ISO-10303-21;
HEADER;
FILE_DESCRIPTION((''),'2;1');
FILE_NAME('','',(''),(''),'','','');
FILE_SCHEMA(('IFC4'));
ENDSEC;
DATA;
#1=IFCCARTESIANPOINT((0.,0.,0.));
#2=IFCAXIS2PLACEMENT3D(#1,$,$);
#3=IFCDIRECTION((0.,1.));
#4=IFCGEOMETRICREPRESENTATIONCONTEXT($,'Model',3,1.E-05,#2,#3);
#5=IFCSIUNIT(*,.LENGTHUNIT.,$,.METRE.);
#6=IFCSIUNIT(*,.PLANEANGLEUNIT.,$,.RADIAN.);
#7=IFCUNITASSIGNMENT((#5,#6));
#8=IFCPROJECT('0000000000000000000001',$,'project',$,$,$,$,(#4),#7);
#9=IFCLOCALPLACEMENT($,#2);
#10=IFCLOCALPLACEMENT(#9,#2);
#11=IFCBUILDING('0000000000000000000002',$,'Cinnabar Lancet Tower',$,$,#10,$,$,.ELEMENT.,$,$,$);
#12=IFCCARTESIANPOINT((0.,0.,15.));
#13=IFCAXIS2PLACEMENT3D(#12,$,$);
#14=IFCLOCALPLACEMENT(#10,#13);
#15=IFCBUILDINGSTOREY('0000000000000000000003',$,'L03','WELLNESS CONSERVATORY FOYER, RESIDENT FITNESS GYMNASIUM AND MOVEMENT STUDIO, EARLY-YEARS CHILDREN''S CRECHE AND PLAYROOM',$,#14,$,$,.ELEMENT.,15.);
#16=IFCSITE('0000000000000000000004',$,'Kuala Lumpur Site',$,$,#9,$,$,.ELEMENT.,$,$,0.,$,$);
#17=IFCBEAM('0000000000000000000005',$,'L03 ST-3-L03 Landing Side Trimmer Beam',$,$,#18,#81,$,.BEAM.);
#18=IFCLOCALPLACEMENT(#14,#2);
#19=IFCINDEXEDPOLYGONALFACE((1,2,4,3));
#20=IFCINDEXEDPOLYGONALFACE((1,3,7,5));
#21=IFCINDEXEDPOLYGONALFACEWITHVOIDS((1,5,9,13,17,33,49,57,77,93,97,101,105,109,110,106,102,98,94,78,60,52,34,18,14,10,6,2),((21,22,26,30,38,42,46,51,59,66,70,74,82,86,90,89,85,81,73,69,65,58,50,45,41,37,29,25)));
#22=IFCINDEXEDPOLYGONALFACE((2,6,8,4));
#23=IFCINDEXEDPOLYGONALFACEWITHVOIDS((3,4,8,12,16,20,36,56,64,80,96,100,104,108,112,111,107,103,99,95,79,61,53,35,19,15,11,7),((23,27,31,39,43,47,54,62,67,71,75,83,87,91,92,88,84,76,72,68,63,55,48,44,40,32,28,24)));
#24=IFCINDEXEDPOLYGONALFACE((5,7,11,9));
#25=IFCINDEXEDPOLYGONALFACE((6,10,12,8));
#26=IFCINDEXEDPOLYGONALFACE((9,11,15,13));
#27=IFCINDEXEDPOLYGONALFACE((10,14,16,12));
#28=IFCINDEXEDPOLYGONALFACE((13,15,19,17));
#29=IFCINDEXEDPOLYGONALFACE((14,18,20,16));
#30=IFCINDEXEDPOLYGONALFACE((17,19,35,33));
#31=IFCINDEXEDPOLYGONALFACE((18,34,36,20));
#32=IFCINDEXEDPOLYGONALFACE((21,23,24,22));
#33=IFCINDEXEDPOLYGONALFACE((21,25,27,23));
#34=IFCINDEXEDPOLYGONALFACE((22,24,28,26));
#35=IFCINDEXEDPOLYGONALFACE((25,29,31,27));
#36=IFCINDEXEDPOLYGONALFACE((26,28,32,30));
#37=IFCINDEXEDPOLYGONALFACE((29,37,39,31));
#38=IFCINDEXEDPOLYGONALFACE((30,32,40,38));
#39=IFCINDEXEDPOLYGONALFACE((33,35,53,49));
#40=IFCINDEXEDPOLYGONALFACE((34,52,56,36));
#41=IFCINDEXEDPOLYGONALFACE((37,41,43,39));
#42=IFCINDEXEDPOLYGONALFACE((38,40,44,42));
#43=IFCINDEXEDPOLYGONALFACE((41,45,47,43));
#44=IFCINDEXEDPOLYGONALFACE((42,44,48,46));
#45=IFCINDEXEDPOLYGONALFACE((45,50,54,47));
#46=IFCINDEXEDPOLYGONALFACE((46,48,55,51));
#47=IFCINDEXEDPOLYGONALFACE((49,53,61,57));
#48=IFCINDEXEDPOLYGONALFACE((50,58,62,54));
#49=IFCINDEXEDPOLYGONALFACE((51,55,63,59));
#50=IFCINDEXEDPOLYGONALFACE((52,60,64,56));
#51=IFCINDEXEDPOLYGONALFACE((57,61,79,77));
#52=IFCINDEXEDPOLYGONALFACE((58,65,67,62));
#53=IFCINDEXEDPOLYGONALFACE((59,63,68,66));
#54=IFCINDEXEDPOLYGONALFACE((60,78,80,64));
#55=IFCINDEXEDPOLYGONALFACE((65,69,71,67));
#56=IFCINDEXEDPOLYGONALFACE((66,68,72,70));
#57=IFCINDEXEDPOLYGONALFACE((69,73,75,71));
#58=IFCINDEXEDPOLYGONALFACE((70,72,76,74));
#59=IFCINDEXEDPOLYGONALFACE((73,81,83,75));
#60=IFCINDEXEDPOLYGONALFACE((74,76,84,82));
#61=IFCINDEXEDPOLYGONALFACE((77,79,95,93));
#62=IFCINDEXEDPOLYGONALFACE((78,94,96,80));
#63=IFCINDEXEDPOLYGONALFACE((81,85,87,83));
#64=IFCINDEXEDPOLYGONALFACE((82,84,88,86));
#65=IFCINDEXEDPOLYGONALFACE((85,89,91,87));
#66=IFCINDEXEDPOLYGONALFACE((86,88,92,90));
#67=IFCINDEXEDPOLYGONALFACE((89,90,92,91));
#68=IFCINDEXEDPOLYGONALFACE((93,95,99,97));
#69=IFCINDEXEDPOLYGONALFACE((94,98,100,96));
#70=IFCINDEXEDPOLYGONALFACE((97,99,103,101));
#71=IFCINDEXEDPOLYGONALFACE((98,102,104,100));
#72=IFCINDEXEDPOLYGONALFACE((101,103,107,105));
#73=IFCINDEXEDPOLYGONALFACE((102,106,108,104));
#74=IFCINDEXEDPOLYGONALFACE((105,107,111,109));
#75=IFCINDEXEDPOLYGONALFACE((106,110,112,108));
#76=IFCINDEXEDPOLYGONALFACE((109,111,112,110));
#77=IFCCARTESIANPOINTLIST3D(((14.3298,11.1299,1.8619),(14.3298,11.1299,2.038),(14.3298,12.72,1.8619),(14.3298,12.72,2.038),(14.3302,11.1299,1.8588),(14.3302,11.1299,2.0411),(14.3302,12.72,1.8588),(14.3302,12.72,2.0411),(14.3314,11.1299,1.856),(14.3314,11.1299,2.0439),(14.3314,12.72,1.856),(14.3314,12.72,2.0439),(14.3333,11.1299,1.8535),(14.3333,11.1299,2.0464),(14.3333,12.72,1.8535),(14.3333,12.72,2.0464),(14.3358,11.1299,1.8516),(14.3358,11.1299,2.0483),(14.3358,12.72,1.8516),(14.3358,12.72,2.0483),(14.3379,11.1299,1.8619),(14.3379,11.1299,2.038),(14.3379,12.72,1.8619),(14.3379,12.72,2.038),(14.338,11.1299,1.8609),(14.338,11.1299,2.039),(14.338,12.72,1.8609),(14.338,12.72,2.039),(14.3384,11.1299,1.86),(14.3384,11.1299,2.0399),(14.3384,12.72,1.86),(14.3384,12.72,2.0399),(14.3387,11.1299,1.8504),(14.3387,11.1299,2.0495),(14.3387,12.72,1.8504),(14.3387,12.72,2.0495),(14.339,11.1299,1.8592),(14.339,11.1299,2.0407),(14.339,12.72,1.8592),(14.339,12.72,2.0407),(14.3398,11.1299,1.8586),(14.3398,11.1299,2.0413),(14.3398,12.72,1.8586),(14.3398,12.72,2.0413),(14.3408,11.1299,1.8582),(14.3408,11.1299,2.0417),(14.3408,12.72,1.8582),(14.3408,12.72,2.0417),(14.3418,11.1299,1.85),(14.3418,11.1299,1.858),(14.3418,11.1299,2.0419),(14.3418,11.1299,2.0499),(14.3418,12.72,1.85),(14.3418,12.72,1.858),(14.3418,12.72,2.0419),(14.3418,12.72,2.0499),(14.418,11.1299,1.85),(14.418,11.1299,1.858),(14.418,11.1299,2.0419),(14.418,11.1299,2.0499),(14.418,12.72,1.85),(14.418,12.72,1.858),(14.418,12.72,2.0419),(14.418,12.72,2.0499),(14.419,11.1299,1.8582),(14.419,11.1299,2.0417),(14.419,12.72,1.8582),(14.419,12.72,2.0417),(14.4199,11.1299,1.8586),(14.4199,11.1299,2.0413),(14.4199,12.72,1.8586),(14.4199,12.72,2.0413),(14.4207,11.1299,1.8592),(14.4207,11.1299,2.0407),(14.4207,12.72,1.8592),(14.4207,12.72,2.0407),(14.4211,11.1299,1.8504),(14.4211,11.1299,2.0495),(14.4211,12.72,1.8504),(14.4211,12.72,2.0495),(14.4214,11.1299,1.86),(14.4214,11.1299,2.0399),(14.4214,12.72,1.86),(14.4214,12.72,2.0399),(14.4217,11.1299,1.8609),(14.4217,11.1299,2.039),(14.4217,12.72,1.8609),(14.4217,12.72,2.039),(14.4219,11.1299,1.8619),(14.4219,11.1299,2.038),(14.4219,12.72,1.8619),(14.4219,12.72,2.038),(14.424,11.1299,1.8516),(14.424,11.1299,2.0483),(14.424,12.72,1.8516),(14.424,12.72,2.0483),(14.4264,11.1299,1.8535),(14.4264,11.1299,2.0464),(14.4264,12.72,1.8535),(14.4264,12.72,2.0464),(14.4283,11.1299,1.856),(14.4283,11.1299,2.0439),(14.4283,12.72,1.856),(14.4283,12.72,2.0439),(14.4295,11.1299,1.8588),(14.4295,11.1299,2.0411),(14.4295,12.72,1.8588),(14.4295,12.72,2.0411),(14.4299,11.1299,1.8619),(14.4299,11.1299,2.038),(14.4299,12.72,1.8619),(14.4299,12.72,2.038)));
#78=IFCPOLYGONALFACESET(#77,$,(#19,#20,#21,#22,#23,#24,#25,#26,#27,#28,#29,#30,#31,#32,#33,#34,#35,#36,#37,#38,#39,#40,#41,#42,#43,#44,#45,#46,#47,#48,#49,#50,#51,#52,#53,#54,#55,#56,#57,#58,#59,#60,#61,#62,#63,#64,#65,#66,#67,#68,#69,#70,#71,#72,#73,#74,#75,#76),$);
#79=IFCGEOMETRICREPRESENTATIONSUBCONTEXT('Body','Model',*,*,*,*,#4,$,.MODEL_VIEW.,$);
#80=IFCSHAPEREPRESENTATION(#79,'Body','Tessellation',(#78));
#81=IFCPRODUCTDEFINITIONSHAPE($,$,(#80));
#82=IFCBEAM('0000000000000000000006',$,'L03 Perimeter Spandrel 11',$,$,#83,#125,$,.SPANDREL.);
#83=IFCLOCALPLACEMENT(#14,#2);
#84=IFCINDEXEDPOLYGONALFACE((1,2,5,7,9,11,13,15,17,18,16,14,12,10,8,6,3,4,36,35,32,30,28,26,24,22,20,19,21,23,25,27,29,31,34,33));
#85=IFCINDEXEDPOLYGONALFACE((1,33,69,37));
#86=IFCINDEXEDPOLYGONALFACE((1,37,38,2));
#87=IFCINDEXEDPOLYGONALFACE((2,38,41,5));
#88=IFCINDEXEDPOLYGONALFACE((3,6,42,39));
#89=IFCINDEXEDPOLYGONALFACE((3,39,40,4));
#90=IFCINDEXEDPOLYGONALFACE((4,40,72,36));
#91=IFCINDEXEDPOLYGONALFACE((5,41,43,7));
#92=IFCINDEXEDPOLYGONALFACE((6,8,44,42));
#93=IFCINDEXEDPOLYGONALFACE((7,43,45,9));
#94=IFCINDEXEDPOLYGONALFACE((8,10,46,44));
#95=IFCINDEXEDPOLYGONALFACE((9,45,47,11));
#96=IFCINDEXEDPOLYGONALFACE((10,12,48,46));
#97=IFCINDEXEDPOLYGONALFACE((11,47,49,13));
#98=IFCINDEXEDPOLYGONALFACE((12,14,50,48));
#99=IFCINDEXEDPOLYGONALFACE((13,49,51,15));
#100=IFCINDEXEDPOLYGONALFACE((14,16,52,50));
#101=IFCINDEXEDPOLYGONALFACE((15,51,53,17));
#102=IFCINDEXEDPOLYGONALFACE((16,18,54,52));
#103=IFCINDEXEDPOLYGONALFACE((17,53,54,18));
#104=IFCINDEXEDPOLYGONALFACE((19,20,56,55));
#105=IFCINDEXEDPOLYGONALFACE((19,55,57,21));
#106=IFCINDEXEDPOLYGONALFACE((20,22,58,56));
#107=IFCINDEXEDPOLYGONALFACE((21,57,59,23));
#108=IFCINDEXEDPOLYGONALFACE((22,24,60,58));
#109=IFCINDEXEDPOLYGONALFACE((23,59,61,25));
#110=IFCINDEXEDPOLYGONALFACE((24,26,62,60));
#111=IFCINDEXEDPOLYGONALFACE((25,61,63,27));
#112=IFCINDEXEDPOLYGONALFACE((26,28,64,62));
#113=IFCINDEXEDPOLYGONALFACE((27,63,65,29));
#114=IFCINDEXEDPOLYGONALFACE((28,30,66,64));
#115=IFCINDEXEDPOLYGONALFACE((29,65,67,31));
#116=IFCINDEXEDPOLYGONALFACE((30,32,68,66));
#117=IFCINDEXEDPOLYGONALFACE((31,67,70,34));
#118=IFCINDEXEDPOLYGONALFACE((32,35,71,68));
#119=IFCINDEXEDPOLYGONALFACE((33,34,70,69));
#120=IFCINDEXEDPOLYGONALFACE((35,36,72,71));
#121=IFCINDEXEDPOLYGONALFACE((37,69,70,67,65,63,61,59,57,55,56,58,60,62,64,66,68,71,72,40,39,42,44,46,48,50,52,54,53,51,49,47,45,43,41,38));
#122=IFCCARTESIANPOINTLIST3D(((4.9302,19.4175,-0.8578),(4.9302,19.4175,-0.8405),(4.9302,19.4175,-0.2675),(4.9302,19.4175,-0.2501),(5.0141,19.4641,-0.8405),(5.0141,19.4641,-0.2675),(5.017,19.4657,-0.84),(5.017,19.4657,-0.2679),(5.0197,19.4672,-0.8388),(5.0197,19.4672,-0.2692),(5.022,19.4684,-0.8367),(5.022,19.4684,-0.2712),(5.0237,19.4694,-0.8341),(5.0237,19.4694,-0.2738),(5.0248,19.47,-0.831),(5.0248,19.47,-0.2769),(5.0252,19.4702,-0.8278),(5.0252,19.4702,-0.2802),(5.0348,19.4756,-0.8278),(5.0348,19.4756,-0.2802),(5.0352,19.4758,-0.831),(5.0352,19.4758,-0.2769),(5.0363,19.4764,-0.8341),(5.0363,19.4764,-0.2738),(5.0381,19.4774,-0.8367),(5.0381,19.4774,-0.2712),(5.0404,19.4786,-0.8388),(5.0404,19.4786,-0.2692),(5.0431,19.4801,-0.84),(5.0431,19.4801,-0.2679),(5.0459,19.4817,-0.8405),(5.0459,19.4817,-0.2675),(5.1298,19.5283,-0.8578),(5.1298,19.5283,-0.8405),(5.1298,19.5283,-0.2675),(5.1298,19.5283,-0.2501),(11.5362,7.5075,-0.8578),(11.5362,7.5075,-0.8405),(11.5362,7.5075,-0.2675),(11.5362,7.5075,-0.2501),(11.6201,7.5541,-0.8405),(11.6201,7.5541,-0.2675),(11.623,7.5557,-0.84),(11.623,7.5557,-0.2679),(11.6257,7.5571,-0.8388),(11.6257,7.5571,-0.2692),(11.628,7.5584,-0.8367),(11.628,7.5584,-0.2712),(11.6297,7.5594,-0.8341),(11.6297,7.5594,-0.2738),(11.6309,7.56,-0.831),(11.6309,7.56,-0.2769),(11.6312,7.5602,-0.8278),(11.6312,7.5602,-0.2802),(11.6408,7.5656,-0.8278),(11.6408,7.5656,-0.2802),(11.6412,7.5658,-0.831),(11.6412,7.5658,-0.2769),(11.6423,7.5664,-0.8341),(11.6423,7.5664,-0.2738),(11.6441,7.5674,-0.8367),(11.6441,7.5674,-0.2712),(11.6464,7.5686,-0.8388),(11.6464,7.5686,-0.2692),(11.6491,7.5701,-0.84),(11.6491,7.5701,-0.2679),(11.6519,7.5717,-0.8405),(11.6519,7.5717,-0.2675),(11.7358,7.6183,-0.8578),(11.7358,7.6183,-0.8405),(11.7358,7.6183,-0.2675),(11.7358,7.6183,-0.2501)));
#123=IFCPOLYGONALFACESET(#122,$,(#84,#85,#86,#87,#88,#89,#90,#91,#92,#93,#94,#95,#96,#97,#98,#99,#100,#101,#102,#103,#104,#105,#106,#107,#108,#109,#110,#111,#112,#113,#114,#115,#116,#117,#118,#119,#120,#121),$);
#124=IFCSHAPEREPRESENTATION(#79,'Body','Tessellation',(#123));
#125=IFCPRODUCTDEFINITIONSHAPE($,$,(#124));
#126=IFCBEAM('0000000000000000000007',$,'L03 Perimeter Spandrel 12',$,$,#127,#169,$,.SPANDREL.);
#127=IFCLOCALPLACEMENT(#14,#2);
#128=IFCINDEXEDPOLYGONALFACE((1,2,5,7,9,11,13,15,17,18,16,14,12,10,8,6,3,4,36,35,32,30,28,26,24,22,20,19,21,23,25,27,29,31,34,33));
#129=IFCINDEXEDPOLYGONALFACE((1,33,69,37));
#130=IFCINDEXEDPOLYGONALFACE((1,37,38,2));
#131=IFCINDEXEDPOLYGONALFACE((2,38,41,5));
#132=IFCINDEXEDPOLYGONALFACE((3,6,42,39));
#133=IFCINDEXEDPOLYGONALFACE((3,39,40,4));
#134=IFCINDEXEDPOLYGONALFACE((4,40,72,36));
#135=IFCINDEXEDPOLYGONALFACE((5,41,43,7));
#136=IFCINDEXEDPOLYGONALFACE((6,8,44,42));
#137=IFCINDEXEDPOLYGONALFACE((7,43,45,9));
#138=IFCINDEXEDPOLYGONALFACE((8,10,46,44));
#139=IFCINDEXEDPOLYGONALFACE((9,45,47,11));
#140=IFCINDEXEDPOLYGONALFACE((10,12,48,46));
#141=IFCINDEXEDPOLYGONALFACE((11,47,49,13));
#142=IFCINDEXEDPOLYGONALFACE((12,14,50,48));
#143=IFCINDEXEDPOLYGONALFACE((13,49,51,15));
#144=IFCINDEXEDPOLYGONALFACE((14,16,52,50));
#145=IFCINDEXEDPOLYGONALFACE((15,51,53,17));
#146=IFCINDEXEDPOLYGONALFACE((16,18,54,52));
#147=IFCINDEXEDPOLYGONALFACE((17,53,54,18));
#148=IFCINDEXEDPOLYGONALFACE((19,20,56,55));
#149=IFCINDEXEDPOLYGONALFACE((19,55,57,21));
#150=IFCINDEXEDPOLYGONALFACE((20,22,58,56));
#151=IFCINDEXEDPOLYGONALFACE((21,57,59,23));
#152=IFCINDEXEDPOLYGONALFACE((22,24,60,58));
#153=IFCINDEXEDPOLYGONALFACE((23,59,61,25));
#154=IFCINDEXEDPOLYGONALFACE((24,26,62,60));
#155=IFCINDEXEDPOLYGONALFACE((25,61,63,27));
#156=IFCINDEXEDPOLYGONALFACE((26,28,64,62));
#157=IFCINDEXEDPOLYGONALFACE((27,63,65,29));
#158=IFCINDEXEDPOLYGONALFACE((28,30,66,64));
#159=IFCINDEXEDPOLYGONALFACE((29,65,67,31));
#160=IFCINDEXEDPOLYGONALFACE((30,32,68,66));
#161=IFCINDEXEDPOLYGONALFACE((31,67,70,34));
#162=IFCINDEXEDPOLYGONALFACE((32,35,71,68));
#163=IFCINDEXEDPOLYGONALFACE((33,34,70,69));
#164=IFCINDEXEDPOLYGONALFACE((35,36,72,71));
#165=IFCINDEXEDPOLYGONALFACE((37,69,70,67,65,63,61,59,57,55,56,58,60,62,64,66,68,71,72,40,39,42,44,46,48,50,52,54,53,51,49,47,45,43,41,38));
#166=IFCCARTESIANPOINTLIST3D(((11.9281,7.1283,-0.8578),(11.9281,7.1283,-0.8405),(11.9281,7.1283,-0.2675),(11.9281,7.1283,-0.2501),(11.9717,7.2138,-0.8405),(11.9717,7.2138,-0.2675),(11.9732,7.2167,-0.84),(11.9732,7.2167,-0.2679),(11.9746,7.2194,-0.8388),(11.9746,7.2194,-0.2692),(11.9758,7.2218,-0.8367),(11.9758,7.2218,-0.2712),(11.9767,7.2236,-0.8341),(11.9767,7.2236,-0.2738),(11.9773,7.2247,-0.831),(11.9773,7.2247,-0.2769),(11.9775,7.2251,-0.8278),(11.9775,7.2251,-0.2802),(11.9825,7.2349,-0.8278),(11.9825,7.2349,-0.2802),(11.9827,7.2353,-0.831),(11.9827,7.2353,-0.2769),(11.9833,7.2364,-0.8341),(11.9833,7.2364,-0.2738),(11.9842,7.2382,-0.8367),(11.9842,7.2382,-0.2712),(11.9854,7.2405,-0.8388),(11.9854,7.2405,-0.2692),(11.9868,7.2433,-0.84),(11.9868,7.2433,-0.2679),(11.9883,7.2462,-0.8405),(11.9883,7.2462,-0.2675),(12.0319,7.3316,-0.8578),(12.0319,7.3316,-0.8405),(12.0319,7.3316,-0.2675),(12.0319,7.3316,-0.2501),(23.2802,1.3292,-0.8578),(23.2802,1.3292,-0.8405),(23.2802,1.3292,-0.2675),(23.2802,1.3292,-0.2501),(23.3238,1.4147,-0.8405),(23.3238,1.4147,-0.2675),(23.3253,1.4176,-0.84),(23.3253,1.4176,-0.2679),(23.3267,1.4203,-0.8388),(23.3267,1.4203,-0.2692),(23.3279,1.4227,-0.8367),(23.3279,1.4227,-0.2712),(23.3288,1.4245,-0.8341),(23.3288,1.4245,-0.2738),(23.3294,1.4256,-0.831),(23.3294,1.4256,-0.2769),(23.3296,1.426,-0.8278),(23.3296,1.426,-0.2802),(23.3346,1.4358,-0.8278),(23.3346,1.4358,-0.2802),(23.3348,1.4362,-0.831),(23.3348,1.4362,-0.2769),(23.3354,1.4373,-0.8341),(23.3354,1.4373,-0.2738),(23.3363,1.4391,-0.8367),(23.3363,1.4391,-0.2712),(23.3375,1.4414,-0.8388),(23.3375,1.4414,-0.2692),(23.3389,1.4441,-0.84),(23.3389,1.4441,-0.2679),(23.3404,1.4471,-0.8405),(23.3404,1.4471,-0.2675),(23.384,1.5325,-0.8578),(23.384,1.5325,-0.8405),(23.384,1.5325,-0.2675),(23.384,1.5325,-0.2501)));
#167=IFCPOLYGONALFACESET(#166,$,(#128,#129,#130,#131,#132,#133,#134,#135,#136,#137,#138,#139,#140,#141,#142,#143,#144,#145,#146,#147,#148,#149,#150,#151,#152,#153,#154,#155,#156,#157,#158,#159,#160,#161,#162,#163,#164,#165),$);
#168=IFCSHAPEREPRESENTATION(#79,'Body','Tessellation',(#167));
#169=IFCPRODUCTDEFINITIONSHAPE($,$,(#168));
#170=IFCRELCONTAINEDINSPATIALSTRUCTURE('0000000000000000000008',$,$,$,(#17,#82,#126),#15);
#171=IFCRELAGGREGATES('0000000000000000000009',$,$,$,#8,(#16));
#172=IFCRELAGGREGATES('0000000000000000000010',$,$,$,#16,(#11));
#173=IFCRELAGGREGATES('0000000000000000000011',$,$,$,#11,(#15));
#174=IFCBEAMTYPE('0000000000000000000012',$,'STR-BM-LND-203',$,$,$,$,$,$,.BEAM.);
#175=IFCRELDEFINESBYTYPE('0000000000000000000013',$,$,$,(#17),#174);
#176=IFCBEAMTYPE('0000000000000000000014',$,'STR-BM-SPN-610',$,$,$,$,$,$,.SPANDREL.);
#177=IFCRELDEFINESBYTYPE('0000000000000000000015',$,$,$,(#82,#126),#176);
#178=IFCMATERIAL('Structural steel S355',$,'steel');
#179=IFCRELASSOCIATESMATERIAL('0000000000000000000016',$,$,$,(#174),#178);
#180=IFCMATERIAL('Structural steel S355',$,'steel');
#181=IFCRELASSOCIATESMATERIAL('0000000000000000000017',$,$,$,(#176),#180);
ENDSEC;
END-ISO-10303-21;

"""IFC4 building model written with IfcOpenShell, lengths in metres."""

from ifc_helpers import new_model, si_unit, direction, frame, origin, origin_2d, place, context, subcontext, project, spatial, hollow_rectangle, i_section, extrude, material, material_profile, profile_set, type_object, element, save


model = new_model("IFC4")

# Units and contexts
model_context = context("Model", 3, precision=1e-05, world=origin(), true_north=direction((0.0, 1.0)))
body_context = subcontext(model_context, "Body", "Model", "MODEL_VIEW")
ifc_project = project(units=[si_unit("LENGTHUNIT", "METRE"), si_unit("PLANEANGLEUNIT", "RADIAN")], contexts=[model_context])

# Site, building, storey
site_placement = place(None, origin())
site = spatial("IfcSite", under=ifc_project, at=site_placement, Name="Kuala Lumpur Site", CompositionType="ELEMENT", RefElevation=0.0)
building_placement = place(site_placement, origin())
building = spatial("IfcBuilding", under=site, at=building_placement, Name="Cinnabar Lancet Tower", CompositionType="ELEMENT")
storey_placement = place(building_placement, frame((0.0, 0.0, 15.0)))
storey = spatial("IfcBuildingStorey", under=building, at=storey_placement, Name="L03", Description="WELLNESS CONSERVATORY FOYER, RESIDENT FITNESS GYMNASIUM AND MOVEMENT STUDIO, EARLY-YEARS CHILDREN'S CRECHE AND PLAYROOM", CompositionType="ELEMENT", Elevation=15.0)

# Beams
ifc_material_1 = material(Name="Structural steel S355", Category="steel")
ifc_material_profile_1 = material_profile(ifc_material_1, hollow_rectangle(XDim=0.1001, YDim=0.2, WallThickness=0.0081, InnerFilletRadius=0.0039, OuterFilletRadius=0.012, at=origin_2d()), Name="RHS 200x100x8")
ifc_profile_set_1 = profile_set([ifc_material_profile_1], Name="Structural steel S355")
beam_type_1 = type_object("IfcBeamType", Name="STR-BM-LND-203", PredefinedType="BEAM", material=ifc_profile_set_1)
beam_1_placement = place(storey_placement, frame((14.3799, 11.1299, 1.95), z_axis=(0.0, 1.0, 0.0), x_axis=(-1.0, 0.0, 0.0)))
element("IfcBeam", 1, at=beam_1_placement, inside=storey, type_object=beam_type_1, Name="L03 ST-3-L03 Landing Side Trimmer Beam", PredefinedType="BEAM", context=body_context, shape_type="SweptSolid", body=[
    extrude(hollow_rectangle(XDim=0.1001, YDim=0.2, WallThickness=0.0081, InnerFilletRadius=0.0039, OuterFilletRadius=0.012, at=origin_2d()), origin(), (0.0, 0.0, 1.0), 1.5901),
])
ifc_material_2 = material(Name="Structural steel S355", Category="steel")
ifc_material_profile_2 = material_profile(ifc_material_2, i_section(OverallWidth=0.2283, OverallDepth=0.6077, WebThickness=0.011, FlangeThickness=0.0173, FilletRadius=0.0127, at=origin_2d()), Name="UKB 610x229x113")
ifc_profile_set_2 = profile_set([ifc_material_profile_2], Name="Structural steel S355")
beam_type_2 = type_object("IfcBeamType", Name="STR-BM-SPN-610", PredefinedType="SPANDREL", material=ifc_profile_set_2)
beam_2_placement = place(storey_placement, frame((5.03, 19.4729, -0.554), z_axis=(0.485045, -0.874489, 0.0), x_axis=(0.874489, 0.485045, 0.0)))
element("IfcBeam", 2, at=beam_2_placement, inside=storey, type_object=beam_type_2, Name="L03 Perimeter Spandrel 11", PredefinedType="SPANDREL", context=body_context, shape_type="SweptSolid", body=[
    extrude(i_section(OverallWidth=0.2283, OverallDepth=0.6077, WebThickness=0.011, FlangeThickness=0.0173, FilletRadius=0.0127, at=origin_2d()), origin(), (0.0, 0.0, 1.0), 13.6194),
])
beam_3_placement = place(storey_placement, frame((11.98, 7.23, -0.554), z_axis=(0.890533, -0.454919, 0.0), x_axis=(0.454919, 0.890533, 0.0)))
element("IfcBeam", 3, at=beam_3_placement, inside=storey, type_object=beam_type_2, Name="L03 Perimeter Spandrel 12", PredefinedType="SPANDREL", context=body_context, shape_type="SweptSolid", body=[
    extrude(i_section(OverallWidth=0.2283, OverallDepth=0.6077, WebThickness=0.011, FlangeThickness=0.0173, FilletRadius=0.0127, at=origin_2d()), origin(), (0.0, 0.0, 1.0), 12.7476),
])

save(model, "model.ifc")
